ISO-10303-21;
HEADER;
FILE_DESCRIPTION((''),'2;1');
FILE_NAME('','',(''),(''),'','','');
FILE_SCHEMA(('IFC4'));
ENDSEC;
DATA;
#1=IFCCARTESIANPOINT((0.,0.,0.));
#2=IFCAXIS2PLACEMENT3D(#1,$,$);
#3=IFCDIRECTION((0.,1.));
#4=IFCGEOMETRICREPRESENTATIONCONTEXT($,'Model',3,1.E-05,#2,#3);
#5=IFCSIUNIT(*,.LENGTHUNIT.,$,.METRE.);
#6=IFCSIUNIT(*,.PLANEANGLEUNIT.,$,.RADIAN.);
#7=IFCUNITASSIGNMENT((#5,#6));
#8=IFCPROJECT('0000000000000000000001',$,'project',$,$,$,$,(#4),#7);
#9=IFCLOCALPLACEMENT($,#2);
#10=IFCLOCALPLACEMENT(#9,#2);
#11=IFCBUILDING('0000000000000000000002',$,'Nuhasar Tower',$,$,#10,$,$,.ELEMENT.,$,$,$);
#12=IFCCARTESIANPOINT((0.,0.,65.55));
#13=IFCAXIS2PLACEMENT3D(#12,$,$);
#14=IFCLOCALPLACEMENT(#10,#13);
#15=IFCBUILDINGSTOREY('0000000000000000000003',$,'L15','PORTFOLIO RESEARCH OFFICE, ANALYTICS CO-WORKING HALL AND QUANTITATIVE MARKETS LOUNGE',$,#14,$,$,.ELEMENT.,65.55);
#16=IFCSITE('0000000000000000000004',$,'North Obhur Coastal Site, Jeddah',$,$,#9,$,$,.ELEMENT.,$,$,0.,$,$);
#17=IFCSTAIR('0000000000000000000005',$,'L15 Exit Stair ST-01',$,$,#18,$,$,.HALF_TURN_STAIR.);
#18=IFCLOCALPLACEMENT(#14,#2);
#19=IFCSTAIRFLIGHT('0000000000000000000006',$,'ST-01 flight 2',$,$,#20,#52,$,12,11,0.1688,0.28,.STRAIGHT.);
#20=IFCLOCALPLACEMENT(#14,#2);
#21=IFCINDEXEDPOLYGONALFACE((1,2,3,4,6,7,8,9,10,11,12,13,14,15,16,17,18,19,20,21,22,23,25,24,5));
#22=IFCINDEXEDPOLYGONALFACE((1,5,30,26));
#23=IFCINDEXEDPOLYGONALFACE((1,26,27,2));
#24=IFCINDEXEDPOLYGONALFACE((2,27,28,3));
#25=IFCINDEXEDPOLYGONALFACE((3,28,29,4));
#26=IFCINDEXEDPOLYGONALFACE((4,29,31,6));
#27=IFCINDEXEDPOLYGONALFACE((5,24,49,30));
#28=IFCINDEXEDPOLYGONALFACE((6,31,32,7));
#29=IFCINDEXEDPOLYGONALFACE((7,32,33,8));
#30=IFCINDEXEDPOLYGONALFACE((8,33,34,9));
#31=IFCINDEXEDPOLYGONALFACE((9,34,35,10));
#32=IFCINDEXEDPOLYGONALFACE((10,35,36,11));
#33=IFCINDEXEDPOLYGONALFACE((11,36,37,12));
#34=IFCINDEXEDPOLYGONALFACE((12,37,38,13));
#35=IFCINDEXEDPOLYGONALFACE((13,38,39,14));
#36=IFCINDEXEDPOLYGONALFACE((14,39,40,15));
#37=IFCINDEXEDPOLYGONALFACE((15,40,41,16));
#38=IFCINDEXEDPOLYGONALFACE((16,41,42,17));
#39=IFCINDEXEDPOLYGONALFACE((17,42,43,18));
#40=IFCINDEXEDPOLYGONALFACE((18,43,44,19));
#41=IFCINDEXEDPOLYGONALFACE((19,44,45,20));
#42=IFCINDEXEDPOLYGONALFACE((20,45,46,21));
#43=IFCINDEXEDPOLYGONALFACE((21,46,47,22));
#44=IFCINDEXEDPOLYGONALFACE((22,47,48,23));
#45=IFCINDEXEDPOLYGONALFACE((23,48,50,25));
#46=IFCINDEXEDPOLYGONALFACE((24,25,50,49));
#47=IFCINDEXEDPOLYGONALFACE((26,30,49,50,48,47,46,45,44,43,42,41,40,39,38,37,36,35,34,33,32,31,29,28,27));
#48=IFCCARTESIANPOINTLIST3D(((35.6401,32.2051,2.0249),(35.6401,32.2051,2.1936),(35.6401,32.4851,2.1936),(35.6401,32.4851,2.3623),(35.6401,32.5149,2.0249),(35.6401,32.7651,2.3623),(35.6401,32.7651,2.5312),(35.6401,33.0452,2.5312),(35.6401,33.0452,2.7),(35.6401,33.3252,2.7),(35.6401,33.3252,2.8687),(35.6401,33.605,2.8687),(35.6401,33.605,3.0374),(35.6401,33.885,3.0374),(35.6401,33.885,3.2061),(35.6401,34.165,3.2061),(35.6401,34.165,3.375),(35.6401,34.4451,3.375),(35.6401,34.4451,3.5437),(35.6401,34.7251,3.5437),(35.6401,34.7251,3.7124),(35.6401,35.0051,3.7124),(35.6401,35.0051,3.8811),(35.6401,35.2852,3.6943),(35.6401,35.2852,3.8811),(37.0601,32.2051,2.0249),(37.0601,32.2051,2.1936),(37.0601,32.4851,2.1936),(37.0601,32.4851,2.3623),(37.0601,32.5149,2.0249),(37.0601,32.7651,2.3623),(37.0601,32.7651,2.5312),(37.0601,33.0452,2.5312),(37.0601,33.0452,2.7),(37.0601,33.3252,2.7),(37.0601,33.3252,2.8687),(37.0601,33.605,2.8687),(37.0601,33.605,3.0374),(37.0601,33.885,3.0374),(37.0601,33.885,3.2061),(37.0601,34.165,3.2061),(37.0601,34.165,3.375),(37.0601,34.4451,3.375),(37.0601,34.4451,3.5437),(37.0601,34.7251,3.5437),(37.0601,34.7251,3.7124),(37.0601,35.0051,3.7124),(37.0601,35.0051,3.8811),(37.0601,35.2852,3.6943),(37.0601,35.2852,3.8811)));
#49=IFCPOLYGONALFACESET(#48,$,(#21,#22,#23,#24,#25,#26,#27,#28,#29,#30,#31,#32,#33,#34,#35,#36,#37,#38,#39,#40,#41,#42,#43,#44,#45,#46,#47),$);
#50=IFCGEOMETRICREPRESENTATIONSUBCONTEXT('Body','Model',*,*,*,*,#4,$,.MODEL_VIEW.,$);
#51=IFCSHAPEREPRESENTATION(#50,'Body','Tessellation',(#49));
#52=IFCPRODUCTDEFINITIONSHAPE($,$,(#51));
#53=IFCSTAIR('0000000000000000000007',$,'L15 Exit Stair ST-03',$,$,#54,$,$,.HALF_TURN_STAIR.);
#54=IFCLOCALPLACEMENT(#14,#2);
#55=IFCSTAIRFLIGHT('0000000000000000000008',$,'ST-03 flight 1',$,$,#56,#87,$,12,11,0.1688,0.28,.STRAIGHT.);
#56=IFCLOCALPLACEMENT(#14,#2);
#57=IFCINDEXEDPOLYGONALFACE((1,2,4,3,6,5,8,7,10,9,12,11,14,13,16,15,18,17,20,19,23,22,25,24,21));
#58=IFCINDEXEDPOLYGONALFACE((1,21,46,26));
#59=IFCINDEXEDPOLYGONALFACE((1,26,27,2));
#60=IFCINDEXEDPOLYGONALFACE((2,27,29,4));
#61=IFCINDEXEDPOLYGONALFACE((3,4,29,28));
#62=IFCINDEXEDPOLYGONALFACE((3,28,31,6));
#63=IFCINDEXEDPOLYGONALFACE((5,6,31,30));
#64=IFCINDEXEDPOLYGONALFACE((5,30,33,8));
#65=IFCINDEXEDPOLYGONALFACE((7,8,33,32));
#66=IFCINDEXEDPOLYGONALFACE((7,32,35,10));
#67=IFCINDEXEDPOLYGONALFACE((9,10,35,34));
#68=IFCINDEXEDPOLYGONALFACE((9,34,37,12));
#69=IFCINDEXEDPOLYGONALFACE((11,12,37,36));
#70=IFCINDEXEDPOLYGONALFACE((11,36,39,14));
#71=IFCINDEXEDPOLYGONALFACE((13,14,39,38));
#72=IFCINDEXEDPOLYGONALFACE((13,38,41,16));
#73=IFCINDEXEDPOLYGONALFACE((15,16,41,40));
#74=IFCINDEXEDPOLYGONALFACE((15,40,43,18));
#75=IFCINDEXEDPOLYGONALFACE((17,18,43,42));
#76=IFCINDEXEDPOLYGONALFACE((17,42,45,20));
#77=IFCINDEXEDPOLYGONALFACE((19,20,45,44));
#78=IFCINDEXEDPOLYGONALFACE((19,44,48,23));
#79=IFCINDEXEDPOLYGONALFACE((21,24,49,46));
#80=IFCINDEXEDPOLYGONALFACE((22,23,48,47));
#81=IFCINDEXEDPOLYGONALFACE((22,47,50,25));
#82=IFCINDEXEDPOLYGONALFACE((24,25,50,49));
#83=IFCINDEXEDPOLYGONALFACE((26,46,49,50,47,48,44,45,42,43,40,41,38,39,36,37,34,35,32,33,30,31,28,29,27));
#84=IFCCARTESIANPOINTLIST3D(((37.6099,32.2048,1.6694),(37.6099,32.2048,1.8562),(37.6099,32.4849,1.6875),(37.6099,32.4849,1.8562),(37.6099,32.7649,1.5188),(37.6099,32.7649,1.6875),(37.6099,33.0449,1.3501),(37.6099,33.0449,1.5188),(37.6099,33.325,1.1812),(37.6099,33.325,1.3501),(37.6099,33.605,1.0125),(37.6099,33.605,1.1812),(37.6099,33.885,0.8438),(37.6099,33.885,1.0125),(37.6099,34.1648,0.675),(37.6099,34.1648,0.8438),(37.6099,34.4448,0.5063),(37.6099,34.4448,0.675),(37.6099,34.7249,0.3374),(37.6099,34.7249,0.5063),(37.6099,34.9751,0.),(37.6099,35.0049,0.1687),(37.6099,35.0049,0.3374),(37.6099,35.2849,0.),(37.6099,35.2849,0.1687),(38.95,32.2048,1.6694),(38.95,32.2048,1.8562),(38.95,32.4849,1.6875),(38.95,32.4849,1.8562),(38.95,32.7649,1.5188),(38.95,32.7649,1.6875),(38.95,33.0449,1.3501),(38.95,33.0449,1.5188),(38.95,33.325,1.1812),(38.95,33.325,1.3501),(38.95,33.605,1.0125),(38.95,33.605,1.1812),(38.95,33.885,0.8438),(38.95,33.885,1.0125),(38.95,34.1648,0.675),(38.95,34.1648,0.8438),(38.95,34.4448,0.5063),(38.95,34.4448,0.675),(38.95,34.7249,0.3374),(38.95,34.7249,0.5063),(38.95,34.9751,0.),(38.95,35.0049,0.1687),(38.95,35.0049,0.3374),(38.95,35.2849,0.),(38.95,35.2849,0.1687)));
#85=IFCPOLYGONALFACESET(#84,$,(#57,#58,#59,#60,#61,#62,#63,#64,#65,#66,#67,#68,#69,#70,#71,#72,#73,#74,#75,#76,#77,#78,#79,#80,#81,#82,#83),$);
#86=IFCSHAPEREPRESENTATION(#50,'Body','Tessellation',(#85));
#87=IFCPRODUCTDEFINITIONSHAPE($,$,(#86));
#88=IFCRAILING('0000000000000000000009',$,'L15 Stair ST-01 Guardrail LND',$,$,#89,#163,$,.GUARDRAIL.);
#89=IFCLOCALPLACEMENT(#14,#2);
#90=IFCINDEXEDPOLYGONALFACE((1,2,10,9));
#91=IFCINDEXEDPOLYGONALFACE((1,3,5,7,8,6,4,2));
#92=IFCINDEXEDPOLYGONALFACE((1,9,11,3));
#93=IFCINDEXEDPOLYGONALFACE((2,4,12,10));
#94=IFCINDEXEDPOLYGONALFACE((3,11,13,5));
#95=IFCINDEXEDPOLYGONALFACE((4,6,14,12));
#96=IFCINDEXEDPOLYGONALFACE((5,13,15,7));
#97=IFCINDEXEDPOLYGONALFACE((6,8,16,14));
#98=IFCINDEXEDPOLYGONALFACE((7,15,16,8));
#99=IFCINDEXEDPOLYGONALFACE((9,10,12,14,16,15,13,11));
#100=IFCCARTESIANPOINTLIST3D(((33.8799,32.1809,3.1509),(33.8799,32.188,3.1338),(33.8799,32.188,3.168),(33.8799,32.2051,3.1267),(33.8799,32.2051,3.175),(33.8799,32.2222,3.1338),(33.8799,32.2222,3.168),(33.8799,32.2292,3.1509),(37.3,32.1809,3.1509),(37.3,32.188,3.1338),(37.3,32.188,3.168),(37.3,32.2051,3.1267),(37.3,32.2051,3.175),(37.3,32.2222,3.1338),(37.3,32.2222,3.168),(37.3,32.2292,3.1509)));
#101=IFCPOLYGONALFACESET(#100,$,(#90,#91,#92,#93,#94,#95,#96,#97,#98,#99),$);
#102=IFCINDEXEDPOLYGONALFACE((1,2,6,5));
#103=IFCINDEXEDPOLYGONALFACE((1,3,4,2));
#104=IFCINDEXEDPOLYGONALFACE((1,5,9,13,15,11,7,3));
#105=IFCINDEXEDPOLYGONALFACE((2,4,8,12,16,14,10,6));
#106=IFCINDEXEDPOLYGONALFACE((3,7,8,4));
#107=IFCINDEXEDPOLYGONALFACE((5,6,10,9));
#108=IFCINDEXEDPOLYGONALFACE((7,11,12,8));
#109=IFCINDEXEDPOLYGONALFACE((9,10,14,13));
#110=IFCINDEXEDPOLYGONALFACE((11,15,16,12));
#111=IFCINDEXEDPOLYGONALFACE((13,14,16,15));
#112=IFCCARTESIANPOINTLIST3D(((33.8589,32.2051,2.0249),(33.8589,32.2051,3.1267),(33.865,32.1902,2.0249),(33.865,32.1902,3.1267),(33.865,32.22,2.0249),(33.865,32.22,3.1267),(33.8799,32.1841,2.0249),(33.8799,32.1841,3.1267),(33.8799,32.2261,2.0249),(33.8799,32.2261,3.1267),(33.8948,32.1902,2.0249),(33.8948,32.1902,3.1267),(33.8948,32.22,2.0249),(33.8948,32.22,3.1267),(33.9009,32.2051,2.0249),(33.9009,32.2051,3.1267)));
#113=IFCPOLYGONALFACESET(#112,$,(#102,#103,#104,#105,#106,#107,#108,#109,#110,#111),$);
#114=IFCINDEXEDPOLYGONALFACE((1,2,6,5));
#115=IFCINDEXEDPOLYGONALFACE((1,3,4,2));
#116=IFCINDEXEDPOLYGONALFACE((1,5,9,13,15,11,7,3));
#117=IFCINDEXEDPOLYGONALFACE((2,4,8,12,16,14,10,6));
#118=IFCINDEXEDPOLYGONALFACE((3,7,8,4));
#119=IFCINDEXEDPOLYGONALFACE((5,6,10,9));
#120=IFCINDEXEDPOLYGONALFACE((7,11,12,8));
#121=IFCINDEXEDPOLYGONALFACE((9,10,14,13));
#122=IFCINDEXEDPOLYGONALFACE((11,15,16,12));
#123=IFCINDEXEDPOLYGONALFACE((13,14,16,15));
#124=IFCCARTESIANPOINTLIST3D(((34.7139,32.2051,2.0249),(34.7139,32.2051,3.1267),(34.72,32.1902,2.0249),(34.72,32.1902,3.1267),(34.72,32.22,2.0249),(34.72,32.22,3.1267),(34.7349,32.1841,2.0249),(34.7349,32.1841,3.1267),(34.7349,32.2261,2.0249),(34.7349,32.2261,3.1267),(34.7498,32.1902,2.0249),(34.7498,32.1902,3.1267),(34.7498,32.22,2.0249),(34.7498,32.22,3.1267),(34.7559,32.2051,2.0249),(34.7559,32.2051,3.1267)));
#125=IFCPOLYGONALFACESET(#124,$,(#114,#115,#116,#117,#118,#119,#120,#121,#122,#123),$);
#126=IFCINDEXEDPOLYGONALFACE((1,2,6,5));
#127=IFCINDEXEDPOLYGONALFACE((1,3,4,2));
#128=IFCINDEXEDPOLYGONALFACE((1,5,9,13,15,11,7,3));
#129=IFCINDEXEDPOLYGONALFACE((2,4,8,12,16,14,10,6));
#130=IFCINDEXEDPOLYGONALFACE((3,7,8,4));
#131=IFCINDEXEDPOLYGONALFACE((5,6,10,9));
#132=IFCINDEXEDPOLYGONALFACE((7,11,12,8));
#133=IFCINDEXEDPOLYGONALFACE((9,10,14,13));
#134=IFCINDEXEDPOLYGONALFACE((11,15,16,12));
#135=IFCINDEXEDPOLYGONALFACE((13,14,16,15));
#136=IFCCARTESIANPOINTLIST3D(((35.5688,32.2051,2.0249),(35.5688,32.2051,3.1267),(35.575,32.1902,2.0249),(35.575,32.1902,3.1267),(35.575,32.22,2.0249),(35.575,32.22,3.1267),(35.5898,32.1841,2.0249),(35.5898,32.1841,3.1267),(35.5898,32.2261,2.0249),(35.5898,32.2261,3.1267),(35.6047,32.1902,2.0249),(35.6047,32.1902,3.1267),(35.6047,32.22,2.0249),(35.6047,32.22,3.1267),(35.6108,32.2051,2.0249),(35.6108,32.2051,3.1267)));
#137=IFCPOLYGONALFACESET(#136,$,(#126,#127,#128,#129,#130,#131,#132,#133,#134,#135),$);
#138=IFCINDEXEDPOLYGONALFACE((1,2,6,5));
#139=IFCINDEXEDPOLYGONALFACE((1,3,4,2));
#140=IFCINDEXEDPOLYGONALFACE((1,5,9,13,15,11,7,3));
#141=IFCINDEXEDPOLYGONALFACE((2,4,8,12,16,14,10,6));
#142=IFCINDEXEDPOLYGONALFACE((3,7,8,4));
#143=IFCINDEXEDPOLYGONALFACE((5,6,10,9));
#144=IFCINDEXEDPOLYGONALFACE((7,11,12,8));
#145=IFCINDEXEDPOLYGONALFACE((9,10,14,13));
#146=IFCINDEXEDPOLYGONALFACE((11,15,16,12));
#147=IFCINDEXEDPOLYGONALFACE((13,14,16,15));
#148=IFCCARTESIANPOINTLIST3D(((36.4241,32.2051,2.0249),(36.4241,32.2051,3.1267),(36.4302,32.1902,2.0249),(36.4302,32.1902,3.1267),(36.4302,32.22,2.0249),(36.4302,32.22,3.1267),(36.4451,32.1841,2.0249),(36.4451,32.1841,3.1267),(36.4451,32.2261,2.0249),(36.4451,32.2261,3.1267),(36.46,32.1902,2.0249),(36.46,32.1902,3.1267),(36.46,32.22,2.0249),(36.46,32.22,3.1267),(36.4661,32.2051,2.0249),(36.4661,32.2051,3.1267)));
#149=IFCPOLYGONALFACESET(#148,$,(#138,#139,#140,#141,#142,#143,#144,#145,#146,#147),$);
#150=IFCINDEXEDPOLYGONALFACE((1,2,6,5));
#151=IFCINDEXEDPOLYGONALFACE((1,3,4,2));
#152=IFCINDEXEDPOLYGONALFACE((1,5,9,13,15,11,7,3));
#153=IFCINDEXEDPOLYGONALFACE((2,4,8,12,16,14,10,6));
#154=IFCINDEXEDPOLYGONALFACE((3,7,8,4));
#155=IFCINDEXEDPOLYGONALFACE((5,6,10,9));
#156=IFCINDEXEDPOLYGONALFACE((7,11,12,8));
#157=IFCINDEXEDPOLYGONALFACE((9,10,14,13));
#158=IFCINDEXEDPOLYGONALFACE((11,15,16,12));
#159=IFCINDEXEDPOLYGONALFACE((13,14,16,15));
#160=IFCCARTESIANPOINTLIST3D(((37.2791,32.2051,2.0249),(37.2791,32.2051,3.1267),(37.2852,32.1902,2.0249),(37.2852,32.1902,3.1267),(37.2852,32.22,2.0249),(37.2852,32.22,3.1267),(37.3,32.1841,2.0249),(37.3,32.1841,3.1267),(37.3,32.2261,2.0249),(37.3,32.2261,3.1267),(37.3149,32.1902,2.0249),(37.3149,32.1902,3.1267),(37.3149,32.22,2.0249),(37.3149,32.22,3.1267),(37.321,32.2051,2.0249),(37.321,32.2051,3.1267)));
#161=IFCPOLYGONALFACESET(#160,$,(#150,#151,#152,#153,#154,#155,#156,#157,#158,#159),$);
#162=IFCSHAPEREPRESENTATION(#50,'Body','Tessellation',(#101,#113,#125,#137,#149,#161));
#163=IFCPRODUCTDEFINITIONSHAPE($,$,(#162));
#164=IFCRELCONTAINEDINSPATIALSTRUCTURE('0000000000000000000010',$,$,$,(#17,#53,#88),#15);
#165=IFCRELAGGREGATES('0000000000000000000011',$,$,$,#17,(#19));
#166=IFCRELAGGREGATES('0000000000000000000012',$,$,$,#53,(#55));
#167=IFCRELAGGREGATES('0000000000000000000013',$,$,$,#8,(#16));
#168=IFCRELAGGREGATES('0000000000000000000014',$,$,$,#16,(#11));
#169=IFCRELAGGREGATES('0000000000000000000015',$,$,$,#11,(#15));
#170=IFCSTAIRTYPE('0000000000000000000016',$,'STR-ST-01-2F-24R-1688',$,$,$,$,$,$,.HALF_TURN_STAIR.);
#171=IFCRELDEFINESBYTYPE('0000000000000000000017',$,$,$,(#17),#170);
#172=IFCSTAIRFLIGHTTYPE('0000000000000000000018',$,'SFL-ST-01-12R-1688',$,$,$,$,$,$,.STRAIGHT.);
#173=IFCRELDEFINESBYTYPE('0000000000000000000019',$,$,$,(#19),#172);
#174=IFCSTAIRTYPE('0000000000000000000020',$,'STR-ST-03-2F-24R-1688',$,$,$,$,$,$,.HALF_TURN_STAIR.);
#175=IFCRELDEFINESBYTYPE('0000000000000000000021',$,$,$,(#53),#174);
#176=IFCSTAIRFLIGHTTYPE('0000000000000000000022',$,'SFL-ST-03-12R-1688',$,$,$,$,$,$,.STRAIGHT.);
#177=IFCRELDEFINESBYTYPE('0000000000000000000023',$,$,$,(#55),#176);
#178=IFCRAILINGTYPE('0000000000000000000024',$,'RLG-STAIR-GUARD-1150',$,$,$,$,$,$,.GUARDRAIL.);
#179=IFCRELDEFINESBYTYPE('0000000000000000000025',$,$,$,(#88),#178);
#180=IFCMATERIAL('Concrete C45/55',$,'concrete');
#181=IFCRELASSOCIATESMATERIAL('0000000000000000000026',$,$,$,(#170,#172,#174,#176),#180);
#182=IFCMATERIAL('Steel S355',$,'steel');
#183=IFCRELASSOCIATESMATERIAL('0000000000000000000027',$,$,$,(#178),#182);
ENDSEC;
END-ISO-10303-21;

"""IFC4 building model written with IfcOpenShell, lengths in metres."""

from ifc_helpers import new_model, si_unit, direction, frame, origin, place, context, subcontext, project, spatial, polyline, outline, extrude, material, type_object, element, aggregate, save


model = new_model("IFC4")

# Units and contexts
model_context = context("Model", 3, precision=1e-05, world=origin(), true_north=direction((0.0, 1.0)))
body_context = subcontext(model_context, "Body", "Model", "MODEL_VIEW")
ifc_project = project(units=[si_unit("LENGTHUNIT", "METRE"), si_unit("PLANEANGLEUNIT", "RADIAN")], contexts=[model_context])

# Site, building, storey
site_placement = place(None, origin())
site = spatial("IfcSite", under=ifc_project, at=site_placement, Name="North Obhur Coastal Site, Jeddah", CompositionType="ELEMENT", RefElevation=0.0)
building_placement = place(site_placement, origin())
building = spatial("IfcBuilding", under=site, at=building_placement, Name="Nuhasar Tower", CompositionType="ELEMENT")
storey_placement = place(building_placement, frame((0.0, 0.0, 65.55)))
storey = spatial("IfcBuildingStorey", under=building, at=storey_placement, Name="L15", Description="PORTFOLIO RESEARCH OFFICE, ANALYTICS CO-WORKING HALL AND QUANTITATIVE MARKETS LOUNGE", CompositionType="ELEMENT", Elevation=65.55)

# Shared definitions
ifc_material_1 = material(Name="Steel S355", Category="steel")

# Shared definitions
ifc_material_2 = material(Name="Concrete C45/55", Category="concrete")

# Stair, stair flight
stair_type_1 = type_object("IfcStairType", Name="STR-ST-01-2F-24R-1688", PredefinedType="HALF_TURN_STAIR", material=ifc_material_2)
stair_1_placement = place(storey_placement, origin())
stair_1 = element("IfcStair", 1, at=stair_1_placement, inside=storey, type_object=stair_type_1, Name="L15 Exit Stair ST-01", PredefinedType="HALF_TURN_STAIR")
stair_flight_type_1 = type_object("IfcStairFlightType", Name="SFL-ST-01-12R-1688", PredefinedType="STRAIGHT", material=ifc_material_2)
stair_flight_1_placement = place(storey_placement, frame((36.3501, 32.2051, 2.0249), z_axis=(0.0, 0.0, 1.0), x_axis=(0.0, 1.0, 0.0)))
stair_flight_1 = element("IfcStairFlight", 2, at=stair_flight_1_placement, type_object=stair_flight_type_1, Name="ST-01 flight 2", NumberOfRisers=12, NumberOfTreads=11, PredefinedType="STRAIGHT", RiserHeight=0.1688, TreadLength=0.28, context=body_context, shape_type="SweptSolid", body=[
    extrude(outline(polyline([(0.0, 0.0), (0.0, 0.1687), (0.28, 0.1687), (0.28, 0.3374), (0.5601, 0.3374), (0.5601, 0.5063), (0.8401, 0.5063), (0.8401, 0.675), (1.1201, 0.675), (1.1201, 0.8438), (1.3999, 0.8438), (1.3999, 1.0125), (1.6799, 1.0125), (1.6799, 1.1812), (1.96, 1.1812), (1.96, 1.3501), (2.24, 1.3501), (2.24, 1.5188), (2.52, 1.5188), (2.52, 1.6875), (2.8, 1.6875), (2.8, 1.8562), (3.0801, 1.8562), (3.0801, 2.0249), (3.0801, 1.6694), (0.3098, 0.0), (0.0, 0.0)])), frame((0.0, 0.71, 0.0), z_axis=(0.0, -1.0, 0.0), x_axis=(1.0, 0.0, 0.0)), (0.0, 0.0, 1.0), 1.4199),
])
aggregate(stair_1, [stair_flight_1])

# Stair, stair flight
stair_type_2 = type_object("IfcStairType", Name="STR-ST-03-2F-24R-1688", PredefinedType="HALF_TURN_STAIR", material=ifc_material_2)
stair_2_placement = place(storey_placement, origin())
stair_2 = element("IfcStair", 3, at=stair_2_placement, inside=storey, type_object=stair_type_2, Name="L15 Exit Stair ST-03", PredefinedType="HALF_TURN_STAIR")
stair_flight_type_2 = type_object("IfcStairFlightType", Name="SFL-ST-03-12R-1688", PredefinedType="STRAIGHT", material=ifc_material_2)
stair_flight_2_placement = place(storey_placement, frame((38.28, 35.2849, 0.0), z_axis=(0.0, 0.0, 1.0), x_axis=(0.0, -1.0, 0.0)))
stair_flight_2 = element("IfcStairFlight", 4, at=stair_flight_2_placement, type_object=stair_flight_type_2, Name="ST-03 flight 1", NumberOfRisers=12, NumberOfTreads=11, PredefinedType="STRAIGHT", RiserHeight=0.1688, TreadLength=0.28, context=body_context, shape_type="SweptSolid", body=[
    extrude(outline(polyline([(0.0, 0.0), (0.0, 0.1687), (0.28, 0.1687), (0.28, 0.3374), (0.5601, 0.3374), (0.5601, 0.5063), (0.8401, 0.5063), (0.8401, 0.675), (1.1201, 0.675), (1.1201, 0.8438), (1.3999, 0.8438), (1.3999, 1.0125), (1.6799, 1.0125), (1.6799, 1.1812), (1.96, 1.1812), (1.96, 1.3501), (2.24, 1.3501), (2.24, 1.5188), (2.52, 1.5188), (2.52, 1.6875), (2.8, 1.6875), (2.8, 1.8562), (3.0801, 1.8562), (3.0801, 2.0249), (3.0801, 1.6694), (0.3098, 0.0), (0.0, 0.0)])), frame((0.0, 0.6699, 0.0), z_axis=(0.0, -1.0, 0.0), x_axis=(1.0, 0.0, 0.0)), (0.0, 0.0, 1.0), 1.3401),
])
aggregate(stair_2, [stair_flight_2])

# Railing
railing_type_1 = type_object("IfcRailingType", Name="RLG-STAIR-GUARD-1150", PredefinedType="GUARDRAIL", material=ifc_material_1)
railing_1_placement = place(storey_placement, frame((33.8799, 32.2051, 2.0249)))
element("IfcRailing", 5, at=railing_1_placement, inside=storey, type_object=railing_type_1, Name="L15 Stair ST-01 Guardrail LND", PredefinedType="GUARDRAIL", context=body_context, shape_type="SweptSolid", body=[
    extrude(outline(polyline([(0.0242, 0.0), (0.0171, 0.0171), (0.0, 0.0242), (-0.0171, 0.0171), (-0.0242, 0.0), (-0.0171, -0.0171), (0.0, -0.0242), (0.0171, -0.0171), (0.0242, 0.0)])), frame((0.0, 0.0, 1.126), z_axis=(1.0, 0.0, 0.0), x_axis=(0.0, 1.0, 0.0)), (0.0, 0.0, 1.0), 3.4202),
    extrude(outline(polyline([(0.021, 0.0), (0.0149, 0.0149), (0.0, 0.021), (-0.0149, 0.0149), (-0.021, 0.0), (-0.0149, -0.0149), (0.0, -0.021), (0.0149, -0.0149), (0.021, 0.0)])), origin(), (0.0, 0.0, 1.0), 1.1018),
    extrude(outline(polyline([(0.021, 0.0), (0.0149, 0.0149), (0.0, 0.021), (-0.0149, 0.0149), (-0.021, 0.0), (-0.0149, -0.0149), (0.0, -0.021), (0.0149, -0.0149), (0.021, 0.0)])), frame((0.855, 0.0, 0.0)), (0.0, 0.0, 1.0), 1.1018),
    extrude(outline(polyline([(0.021, 0.0), (0.0149, 0.0149), (0.0, 0.021), (-0.0149, 0.0149), (-0.021, 0.0), (-0.0149, -0.0149), (0.0, -0.021), (0.0149, -0.0149), (0.021, 0.0)])), frame((1.71, 0.0, 0.0)), (0.0, 0.0, 1.0), 1.1018),
    extrude(outline(polyline([(0.021, 0.0), (0.0149, 0.0149), (0.0, 0.021), (-0.0149, 0.0149), (-0.021, 0.0), (-0.0149, -0.0149), (0.0, -0.021), (0.0149, -0.0149), (0.021, 0.0)])), frame((2.5652, 0.0, 0.0)), (0.0, 0.0, 1.0), 1.1018),
    extrude(outline(polyline([(0.021, 0.0), (0.0149, 0.0149), (0.0, 0.021), (-0.0149, 0.0149), (-0.021, 0.0), (-0.0149, -0.0149), (0.0, -0.021), (0.0149, -0.0149), (0.021, 0.0)])), frame((3.4202, 0.0, 0.0)), (0.0, 0.0, 1.0), 1.1018),
])

save(model, "model.ifc")
